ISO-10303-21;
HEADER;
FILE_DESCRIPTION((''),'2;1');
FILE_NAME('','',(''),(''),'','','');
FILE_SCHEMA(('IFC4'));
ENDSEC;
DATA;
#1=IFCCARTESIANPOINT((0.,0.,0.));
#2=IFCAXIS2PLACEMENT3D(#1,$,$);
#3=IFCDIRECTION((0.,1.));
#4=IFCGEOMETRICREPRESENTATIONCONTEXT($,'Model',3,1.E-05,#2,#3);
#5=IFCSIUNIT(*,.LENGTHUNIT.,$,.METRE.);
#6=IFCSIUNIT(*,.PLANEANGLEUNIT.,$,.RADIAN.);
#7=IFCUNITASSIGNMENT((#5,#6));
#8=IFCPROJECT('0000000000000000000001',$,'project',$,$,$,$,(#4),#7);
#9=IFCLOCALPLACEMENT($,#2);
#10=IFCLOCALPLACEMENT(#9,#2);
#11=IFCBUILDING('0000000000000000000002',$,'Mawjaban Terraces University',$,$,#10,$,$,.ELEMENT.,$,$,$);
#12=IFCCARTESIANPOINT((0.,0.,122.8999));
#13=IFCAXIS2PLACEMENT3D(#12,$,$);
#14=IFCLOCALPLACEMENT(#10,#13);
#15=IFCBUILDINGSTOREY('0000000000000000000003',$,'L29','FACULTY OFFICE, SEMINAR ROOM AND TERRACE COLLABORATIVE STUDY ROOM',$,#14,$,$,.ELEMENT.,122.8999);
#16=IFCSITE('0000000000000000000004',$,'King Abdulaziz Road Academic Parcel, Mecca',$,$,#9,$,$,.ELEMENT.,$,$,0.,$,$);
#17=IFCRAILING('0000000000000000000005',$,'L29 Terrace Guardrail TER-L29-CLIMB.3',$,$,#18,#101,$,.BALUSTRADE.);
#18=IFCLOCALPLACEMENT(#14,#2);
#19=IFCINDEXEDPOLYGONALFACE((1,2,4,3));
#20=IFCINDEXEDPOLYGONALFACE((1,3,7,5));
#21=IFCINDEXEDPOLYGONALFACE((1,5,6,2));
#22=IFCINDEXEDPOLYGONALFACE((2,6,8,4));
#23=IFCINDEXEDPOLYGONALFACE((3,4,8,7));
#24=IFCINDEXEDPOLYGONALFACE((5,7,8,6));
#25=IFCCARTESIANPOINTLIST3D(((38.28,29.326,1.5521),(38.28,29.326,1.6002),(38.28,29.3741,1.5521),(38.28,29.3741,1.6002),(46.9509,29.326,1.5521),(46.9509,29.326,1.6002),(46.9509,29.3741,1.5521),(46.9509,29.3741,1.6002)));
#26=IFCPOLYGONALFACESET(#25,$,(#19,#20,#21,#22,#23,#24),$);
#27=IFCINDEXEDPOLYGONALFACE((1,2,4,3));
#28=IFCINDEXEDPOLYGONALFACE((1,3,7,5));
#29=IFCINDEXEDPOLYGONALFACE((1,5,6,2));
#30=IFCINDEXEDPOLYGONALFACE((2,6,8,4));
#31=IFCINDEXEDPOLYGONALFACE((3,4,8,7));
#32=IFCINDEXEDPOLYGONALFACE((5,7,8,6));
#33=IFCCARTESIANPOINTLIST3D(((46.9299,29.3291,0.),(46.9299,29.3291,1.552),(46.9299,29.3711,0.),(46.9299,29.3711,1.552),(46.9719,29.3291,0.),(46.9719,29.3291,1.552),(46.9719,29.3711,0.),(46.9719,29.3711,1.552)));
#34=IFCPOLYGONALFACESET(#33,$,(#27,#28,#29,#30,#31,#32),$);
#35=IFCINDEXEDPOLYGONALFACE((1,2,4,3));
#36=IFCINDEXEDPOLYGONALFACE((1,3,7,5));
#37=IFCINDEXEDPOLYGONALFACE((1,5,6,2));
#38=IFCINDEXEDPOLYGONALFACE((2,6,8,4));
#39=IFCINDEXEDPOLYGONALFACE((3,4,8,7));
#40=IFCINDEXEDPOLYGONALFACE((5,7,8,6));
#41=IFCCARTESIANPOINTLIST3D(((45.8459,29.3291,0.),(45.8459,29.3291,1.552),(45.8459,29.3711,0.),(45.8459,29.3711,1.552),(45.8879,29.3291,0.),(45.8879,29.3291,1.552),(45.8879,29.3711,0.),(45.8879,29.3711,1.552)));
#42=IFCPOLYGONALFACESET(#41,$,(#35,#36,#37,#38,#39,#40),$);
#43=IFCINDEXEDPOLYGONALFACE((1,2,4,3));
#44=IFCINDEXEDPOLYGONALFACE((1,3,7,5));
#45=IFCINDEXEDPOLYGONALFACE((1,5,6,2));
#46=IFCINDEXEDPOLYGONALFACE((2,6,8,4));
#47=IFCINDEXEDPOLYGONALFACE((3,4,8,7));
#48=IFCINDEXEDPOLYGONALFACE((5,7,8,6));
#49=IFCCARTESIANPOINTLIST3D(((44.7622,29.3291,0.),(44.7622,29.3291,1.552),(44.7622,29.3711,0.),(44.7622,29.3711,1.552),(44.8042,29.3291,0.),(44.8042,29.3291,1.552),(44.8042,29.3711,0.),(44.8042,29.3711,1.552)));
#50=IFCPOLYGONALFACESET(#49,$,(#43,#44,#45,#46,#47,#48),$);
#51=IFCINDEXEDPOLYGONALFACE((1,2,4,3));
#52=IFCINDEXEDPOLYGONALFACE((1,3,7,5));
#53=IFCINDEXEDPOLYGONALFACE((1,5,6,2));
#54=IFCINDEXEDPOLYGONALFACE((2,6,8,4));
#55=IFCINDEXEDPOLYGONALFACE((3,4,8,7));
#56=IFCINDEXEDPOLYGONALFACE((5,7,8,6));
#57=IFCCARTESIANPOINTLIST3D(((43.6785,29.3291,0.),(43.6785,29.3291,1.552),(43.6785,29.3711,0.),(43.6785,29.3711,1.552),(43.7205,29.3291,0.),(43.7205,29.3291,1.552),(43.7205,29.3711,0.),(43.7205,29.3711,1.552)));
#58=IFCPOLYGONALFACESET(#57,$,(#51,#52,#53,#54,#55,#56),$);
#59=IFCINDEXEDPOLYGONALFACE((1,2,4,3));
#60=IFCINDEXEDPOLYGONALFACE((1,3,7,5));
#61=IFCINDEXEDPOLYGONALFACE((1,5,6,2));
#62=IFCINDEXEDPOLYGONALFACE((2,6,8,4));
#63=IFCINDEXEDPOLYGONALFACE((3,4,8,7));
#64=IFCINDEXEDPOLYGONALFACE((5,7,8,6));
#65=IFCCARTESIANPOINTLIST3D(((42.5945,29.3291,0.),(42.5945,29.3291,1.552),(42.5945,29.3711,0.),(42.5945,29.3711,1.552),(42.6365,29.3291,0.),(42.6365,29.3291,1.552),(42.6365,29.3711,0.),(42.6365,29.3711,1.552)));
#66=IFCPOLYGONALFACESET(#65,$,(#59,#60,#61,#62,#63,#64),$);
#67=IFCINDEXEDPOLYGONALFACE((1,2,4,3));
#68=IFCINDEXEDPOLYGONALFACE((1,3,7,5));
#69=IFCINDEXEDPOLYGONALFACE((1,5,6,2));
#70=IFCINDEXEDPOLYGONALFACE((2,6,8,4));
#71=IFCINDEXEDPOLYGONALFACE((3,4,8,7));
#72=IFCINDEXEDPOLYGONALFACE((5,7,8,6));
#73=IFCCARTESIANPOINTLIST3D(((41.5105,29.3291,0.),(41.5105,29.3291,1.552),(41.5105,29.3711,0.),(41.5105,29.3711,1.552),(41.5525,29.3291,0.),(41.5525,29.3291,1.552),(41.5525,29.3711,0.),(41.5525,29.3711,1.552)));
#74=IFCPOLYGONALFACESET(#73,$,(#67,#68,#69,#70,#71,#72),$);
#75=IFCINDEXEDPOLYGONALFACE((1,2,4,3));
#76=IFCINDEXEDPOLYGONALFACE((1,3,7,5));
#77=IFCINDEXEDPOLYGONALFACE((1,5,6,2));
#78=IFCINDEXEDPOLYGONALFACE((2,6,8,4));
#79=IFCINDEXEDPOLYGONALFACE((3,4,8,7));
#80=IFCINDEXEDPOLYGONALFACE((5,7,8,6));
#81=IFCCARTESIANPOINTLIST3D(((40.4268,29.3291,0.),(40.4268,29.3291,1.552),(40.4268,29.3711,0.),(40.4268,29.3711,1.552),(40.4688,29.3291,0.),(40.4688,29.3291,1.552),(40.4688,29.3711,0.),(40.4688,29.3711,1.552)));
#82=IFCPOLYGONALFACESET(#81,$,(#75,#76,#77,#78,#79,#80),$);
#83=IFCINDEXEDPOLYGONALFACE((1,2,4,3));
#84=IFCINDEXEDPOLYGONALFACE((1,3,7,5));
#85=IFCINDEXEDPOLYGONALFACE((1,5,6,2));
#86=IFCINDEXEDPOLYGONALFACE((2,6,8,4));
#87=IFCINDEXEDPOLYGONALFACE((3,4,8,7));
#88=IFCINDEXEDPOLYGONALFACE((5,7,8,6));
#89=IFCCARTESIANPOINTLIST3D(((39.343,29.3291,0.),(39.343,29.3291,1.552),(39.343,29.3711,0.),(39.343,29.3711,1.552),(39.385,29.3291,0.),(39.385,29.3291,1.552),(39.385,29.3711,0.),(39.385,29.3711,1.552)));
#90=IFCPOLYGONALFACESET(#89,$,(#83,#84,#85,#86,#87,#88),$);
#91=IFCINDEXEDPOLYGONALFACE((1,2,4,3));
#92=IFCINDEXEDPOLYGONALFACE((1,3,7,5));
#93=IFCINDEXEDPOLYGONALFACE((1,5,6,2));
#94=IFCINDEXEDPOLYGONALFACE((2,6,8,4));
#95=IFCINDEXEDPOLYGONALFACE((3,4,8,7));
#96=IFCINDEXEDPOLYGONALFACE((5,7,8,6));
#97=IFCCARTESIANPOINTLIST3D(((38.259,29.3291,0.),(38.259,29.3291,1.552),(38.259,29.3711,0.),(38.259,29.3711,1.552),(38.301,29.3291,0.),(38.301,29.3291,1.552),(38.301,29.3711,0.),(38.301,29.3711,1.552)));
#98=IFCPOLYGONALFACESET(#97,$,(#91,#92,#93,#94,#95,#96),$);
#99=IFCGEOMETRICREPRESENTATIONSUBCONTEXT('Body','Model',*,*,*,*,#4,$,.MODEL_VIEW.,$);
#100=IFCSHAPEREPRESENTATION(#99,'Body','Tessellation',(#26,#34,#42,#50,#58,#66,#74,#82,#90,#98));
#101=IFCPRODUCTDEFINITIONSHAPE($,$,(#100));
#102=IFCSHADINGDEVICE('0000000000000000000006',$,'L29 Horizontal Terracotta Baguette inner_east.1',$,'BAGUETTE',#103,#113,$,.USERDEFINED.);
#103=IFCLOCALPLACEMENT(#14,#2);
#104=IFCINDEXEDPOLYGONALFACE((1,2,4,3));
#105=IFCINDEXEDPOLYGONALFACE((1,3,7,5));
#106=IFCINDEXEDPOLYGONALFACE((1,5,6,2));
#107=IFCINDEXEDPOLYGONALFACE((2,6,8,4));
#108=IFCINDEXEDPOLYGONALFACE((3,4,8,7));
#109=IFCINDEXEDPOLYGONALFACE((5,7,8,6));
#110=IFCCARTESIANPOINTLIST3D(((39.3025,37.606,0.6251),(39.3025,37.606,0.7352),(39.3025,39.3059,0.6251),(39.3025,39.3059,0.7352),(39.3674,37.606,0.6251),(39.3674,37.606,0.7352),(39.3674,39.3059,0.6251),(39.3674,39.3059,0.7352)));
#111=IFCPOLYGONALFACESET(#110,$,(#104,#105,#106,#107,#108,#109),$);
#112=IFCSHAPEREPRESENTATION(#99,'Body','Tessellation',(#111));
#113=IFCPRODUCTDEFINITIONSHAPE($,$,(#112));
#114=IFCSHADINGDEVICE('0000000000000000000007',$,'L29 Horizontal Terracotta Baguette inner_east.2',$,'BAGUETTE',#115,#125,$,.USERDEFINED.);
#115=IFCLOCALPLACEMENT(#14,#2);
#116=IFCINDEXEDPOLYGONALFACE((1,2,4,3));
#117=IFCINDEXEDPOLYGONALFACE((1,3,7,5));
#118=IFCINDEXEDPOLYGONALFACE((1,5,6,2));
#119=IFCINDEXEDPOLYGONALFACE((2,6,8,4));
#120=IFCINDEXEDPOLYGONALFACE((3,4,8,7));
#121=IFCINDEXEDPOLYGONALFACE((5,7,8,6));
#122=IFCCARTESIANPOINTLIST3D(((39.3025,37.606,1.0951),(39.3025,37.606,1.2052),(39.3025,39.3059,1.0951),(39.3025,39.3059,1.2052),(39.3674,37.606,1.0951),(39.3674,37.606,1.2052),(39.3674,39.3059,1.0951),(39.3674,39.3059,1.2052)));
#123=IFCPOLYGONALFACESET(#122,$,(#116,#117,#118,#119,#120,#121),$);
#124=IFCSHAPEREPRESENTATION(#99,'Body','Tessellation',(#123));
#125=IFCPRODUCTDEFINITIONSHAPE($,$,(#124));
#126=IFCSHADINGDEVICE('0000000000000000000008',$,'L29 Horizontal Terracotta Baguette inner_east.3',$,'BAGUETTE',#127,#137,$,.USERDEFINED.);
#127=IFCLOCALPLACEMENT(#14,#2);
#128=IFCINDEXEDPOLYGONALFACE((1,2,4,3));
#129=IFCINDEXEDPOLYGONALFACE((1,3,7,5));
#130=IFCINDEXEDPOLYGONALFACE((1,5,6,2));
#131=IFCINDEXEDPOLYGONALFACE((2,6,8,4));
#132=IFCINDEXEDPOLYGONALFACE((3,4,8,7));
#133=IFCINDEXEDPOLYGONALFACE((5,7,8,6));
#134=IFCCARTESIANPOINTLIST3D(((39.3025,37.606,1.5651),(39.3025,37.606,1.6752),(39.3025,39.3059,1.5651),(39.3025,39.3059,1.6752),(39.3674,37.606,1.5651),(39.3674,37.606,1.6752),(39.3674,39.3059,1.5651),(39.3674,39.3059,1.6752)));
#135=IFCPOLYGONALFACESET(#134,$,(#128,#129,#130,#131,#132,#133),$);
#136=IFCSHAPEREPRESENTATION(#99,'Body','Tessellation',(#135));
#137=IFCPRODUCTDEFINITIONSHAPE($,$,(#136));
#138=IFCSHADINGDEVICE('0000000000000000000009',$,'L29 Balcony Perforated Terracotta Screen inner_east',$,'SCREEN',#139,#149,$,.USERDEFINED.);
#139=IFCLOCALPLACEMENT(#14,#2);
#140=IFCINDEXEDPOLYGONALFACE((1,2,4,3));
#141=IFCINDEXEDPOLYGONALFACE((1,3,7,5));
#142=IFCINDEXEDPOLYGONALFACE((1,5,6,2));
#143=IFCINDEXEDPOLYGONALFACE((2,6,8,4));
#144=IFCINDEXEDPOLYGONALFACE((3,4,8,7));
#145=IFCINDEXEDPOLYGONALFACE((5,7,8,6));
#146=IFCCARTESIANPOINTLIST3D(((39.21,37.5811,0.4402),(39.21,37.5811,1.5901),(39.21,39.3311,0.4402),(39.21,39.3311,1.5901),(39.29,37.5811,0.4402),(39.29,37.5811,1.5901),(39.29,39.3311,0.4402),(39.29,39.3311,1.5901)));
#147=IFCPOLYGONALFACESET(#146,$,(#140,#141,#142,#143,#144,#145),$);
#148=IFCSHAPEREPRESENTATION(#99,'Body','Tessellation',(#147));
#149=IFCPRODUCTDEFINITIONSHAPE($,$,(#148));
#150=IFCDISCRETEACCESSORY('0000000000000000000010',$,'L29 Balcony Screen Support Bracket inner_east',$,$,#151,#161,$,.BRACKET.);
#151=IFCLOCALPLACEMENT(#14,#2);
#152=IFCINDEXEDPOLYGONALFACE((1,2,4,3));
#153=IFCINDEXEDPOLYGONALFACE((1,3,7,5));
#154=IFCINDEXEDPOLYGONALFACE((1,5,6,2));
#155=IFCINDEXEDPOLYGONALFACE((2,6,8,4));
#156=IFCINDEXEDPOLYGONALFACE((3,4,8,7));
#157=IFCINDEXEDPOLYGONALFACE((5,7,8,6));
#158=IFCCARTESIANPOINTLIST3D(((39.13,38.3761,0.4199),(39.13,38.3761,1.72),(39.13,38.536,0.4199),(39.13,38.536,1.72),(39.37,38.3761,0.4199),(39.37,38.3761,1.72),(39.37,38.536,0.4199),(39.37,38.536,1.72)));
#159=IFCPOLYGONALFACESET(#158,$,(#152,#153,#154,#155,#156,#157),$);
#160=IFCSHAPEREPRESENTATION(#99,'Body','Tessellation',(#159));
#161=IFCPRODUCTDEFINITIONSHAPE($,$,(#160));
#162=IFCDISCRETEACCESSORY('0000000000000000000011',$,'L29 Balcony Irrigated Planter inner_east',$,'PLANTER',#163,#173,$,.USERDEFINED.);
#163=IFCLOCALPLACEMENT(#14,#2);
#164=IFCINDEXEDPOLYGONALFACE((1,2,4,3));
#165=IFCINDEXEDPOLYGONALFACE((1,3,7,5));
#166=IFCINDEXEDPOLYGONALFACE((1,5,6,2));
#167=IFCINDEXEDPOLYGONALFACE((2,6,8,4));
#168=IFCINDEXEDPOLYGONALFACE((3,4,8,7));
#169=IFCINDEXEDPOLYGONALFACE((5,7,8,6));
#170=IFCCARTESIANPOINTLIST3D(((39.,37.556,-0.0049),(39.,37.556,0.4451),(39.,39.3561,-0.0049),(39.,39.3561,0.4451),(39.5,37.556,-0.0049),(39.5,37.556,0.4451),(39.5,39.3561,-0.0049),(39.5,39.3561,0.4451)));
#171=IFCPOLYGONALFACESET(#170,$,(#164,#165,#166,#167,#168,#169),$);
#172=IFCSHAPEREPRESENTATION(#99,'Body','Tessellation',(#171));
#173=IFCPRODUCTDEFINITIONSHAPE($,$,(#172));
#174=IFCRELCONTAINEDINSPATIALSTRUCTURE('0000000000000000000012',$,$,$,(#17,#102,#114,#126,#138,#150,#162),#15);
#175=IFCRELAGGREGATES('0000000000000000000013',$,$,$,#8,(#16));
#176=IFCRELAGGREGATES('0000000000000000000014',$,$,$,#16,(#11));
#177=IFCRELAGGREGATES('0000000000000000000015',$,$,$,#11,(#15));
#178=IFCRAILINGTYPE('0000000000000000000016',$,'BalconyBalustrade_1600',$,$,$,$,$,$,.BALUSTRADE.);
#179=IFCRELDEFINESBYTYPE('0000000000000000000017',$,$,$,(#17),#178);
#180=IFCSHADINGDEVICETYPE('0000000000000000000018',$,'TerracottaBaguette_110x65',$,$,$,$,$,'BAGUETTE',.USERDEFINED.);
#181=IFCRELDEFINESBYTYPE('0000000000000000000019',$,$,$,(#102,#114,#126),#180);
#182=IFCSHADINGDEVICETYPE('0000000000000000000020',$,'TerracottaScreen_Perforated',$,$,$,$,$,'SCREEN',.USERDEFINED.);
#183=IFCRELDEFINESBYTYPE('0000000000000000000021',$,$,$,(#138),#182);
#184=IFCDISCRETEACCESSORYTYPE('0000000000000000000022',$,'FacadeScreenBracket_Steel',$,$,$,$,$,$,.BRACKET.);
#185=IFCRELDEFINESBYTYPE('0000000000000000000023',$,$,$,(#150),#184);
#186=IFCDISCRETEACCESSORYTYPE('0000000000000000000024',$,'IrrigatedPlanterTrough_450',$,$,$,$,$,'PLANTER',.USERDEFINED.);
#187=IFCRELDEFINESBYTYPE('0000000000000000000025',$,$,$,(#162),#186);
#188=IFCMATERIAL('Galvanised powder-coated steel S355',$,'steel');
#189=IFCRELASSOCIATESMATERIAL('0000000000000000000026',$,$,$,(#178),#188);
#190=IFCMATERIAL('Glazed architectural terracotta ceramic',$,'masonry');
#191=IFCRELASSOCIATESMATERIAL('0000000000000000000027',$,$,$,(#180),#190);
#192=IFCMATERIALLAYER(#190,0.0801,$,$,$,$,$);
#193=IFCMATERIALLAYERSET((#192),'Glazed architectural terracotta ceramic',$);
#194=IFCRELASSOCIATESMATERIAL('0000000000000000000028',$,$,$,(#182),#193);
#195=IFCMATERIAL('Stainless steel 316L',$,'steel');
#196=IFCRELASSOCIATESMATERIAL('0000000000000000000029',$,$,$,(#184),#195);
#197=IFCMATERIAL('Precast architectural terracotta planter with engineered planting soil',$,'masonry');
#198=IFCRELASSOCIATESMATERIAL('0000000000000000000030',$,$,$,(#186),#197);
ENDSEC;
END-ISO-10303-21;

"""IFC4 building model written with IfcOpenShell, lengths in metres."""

from ifc_helpers import new_model, si_unit, direction, frame, origin, origin_2d, place, context, subcontext, project, spatial, rectangle, extrude, material, layer, layer_set, material_profile, profile_set, type_object, element, save


model = new_model("IFC4")

# Units and contexts
model_context = context("Model", 3, precision=1e-05, world=origin(), true_north=direction((0.0, 1.0)))
body_context = subcontext(model_context, "Body", "Model", "MODEL_VIEW")
ifc_project = project(units=[si_unit("LENGTHUNIT", "METRE"), si_unit("PLANEANGLEUNIT", "RADIAN")], contexts=[model_context])

# Site, building, storey
site_placement = place(None, origin())
site = spatial("IfcSite", under=ifc_project, at=site_placement, Name="King Abdulaziz Road Academic Parcel, Mecca", CompositionType="ELEMENT", RefElevation=0.0)
building_placement = place(site_placement, origin())
building = spatial("IfcBuilding", under=site, at=building_placement, Name="Mawjaban Terraces University", CompositionType="ELEMENT")
storey_placement = place(building_placement, frame((0.0, 0.0, 122.8999)))
storey = spatial("IfcBuildingStorey", under=building, at=storey_placement, Name="L29", Description="FACULTY OFFICE, SEMINAR ROOM AND TERRACE COLLABORATIVE STUDY ROOM", CompositionType="ELEMENT", Elevation=122.8999)

# Railing
ifc_material_1 = material(Name="Galvanised powder-coated steel S355", Category="steel")
railing_type = type_object("IfcRailingType", Name="BalconyBalustrade_1600", PredefinedType="BALUSTRADE", material=ifc_material_1)
railing_1_placement = place(storey_placement, frame((46.9509, 29.3501, 0.0)))
element("IfcRailing", 1, at=railing_1_placement, inside=storey, type_object=railing_type, Name="L29 Terrace Guardrail TER-L29-CLIMB.3", PredefinedType="BALUSTRADE", context=body_context, shape_type="SweptSolid", body=[
    extrude(rectangle(XDim=0.0481, YDim=0.0481, at=origin_2d()), frame((0.0, 0.0, 1.5762), z_axis=(-1.0, 0.0, 0.0), x_axis=(0.0, -1.0, 0.0)), (0.0, 0.0, 1.0), 8.6709),
    extrude(rectangle(XDim=0.042, YDim=0.042, at=origin_2d()), origin(), (0.0, 0.0, 1.0), 1.552),
    extrude(rectangle(XDim=0.042, YDim=0.042, at=origin_2d()), frame((-1.084, 0.0, 0.0)), (0.0, 0.0, 1.0), 1.552),
    extrude(rectangle(XDim=0.042, YDim=0.042, at=origin_2d()), frame((-2.1677, 0.0, 0.0)), (0.0, 0.0, 1.0), 1.552),
    extrude(rectangle(XDim=0.042, YDim=0.042, at=origin_2d()), frame((-3.2515, 0.0, 0.0)), (0.0, 0.0, 1.0), 1.552),
    extrude(rectangle(XDim=0.042, YDim=0.042, at=origin_2d()), frame((-4.3354, 0.0, 0.0)), (0.0, 0.0, 1.0), 1.552),
    extrude(rectangle(XDim=0.042, YDim=0.042, at=origin_2d()), frame((-5.4194, 0.0, 0.0)), (0.0, 0.0, 1.0), 1.552),
    extrude(rectangle(XDim=0.042, YDim=0.042, at=origin_2d()), frame((-6.5032, 0.0, 0.0)), (0.0, 0.0, 1.0), 1.552),
    extrude(rectangle(XDim=0.042, YDim=0.042, at=origin_2d()), frame((-7.5869, 0.0, 0.0)), (0.0, 0.0, 1.0), 1.552),
    extrude(rectangle(XDim=0.042, YDim=0.042, at=origin_2d()), frame((-8.6709, 0.0, 0.0)), (0.0, 0.0, 1.0), 1.552),
])

# Shading devices
ifc_material_2 = material(Name="Glazed architectural terracotta ceramic", Category="masonry")
ifc_material_profile_1 = material_profile(ifc_material_2, rectangle(XDim=0.0649, YDim=0.1101, at=origin_2d()), Name="TBAG110X65")
ifc_profile_set_1 = profile_set([ifc_material_profile_1], Name="Glazed architectural terracotta ceramic")
shading_device_type_1 = type_object("IfcShadingDeviceType", Name="TerracottaBaguette_110x65", ElementType="BAGUETTE", PredefinedType="USERDEFINED", material=ifc_profile_set_1)
for number, where, z_axis, x_axis, name in (
    (2, (39.335, 37.606, 0.6802), (0.0, 1.0, 0.0), (-1.0, 0.0, 0.0), "L29 Horizontal Terracotta Baguette inner_east.1"),
    (3, (39.335, 37.606, 1.1501), (0.0, 1.0, 0.0), (-1.0, 0.0, 0.0), "L29 Horizontal Terracotta Baguette inner_east.2"),
    (4, (39.335, 37.606, 1.6201), (0.0, 1.0, 0.0), (-1.0, 0.0, 0.0), "L29 Horizontal Terracotta Baguette inner_east.3"),
):
    element("IfcShadingDevice", number, at=place(storey_placement, frame(where, z_axis=z_axis, x_axis=x_axis)), inside=storey, type_object=shading_device_type_1, Name=name, ObjectType="BAGUETTE", PredefinedType="USERDEFINED", context=body_context, shape_type="SweptSolid", body=[
        extrude(rectangle(XDim=0.0649, YDim=0.1101, at=origin_2d()), origin(), (0.0, 0.0, 1.0), 1.7),
    ])
ifc_layer_1 = layer(ifc_material_2, 0.0801)
ifc_layer_set_1 = layer_set([ifc_layer_1], Name="Glazed architectural terracotta ceramic")
shading_device_type_2 = type_object("IfcShadingDeviceType", Name="TerracottaScreen_Perforated", ElementType="SCREEN", PredefinedType="USERDEFINED", material=ifc_layer_set_1)
shading_device_placement = place(storey_placement, frame((39.25, 38.4561, 0.4402), z_axis=(0.0, 0.0, 1.0), x_axis=(0.0, 1.0, 0.0)))
element("IfcShadingDevice", 5, at=shading_device_placement, inside=storey, type_object=shading_device_type_2, Name="L29 Balcony Perforated Terracotta Screen inner_east", ObjectType="SCREEN", PredefinedType="USERDEFINED", context=body_context, shape_type="SweptSolid", body=[
    extrude(rectangle(XDim=1.75, YDim=0.0801, at=origin_2d()), origin(), (0.0, 0.0, 1.0), 1.1499),
])

# Discrete accessories
ifc_material_3 = material(Name="Stainless steel 316L", Category="steel")
discrete_accessory_type_1 = type_object("IfcDiscreteAccessoryType", Name="FacadeScreenBracket_Steel", PredefinedType="BRACKET", material=ifc_material_3)
discrete_accessory_1_placement = place(storey_placement, frame((39.25, 38.4561, 0.4199), z_axis=(0.0, 0.0, 1.0), x_axis=(0.0, 1.0, 0.0)))
element("IfcDiscreteAccessory", 6, at=discrete_accessory_1_placement, inside=storey, type_object=discrete_accessory_type_1, Name="L29 Balcony Screen Support Bracket inner_east", PredefinedType="BRACKET", context=body_context, shape_type="SweptSolid", body=[
    extrude(rectangle(XDim=0.1599, YDim=0.24, at=origin_2d()), origin(), (0.0, 0.0, 1.0), 1.3),
])
ifc_material_4 = material(Name="Precast architectural terracotta planter with engineered planting soil", Category="masonry")
discrete_accessory_type_2 = type_object("IfcDiscreteAccessoryType", Name="IrrigatedPlanterTrough_450", ElementType="PLANTER", PredefinedType="USERDEFINED", material=ifc_material_4)
discrete_accessory_2_placement = place(storey_placement, frame((39.25, 38.4561, -0.0049), z_axis=(0.0, 0.0, 1.0), x_axis=(0.0, 1.0, 0.0)))
element("IfcDiscreteAccessory", 7, at=discrete_accessory_2_placement, inside=storey, type_object=discrete_accessory_type_2, Name="L29 Balcony Irrigated Planter inner_east", ObjectType="PLANTER", PredefinedType="USERDEFINED", context=body_context, shape_type="SweptSolid", body=[
    extrude(rectangle(XDim=1.8, YDim=0.5, at=origin_2d()), origin(), (0.0, 0.0, 1.0), 0.45),
])

save(model, "model.ifc")
